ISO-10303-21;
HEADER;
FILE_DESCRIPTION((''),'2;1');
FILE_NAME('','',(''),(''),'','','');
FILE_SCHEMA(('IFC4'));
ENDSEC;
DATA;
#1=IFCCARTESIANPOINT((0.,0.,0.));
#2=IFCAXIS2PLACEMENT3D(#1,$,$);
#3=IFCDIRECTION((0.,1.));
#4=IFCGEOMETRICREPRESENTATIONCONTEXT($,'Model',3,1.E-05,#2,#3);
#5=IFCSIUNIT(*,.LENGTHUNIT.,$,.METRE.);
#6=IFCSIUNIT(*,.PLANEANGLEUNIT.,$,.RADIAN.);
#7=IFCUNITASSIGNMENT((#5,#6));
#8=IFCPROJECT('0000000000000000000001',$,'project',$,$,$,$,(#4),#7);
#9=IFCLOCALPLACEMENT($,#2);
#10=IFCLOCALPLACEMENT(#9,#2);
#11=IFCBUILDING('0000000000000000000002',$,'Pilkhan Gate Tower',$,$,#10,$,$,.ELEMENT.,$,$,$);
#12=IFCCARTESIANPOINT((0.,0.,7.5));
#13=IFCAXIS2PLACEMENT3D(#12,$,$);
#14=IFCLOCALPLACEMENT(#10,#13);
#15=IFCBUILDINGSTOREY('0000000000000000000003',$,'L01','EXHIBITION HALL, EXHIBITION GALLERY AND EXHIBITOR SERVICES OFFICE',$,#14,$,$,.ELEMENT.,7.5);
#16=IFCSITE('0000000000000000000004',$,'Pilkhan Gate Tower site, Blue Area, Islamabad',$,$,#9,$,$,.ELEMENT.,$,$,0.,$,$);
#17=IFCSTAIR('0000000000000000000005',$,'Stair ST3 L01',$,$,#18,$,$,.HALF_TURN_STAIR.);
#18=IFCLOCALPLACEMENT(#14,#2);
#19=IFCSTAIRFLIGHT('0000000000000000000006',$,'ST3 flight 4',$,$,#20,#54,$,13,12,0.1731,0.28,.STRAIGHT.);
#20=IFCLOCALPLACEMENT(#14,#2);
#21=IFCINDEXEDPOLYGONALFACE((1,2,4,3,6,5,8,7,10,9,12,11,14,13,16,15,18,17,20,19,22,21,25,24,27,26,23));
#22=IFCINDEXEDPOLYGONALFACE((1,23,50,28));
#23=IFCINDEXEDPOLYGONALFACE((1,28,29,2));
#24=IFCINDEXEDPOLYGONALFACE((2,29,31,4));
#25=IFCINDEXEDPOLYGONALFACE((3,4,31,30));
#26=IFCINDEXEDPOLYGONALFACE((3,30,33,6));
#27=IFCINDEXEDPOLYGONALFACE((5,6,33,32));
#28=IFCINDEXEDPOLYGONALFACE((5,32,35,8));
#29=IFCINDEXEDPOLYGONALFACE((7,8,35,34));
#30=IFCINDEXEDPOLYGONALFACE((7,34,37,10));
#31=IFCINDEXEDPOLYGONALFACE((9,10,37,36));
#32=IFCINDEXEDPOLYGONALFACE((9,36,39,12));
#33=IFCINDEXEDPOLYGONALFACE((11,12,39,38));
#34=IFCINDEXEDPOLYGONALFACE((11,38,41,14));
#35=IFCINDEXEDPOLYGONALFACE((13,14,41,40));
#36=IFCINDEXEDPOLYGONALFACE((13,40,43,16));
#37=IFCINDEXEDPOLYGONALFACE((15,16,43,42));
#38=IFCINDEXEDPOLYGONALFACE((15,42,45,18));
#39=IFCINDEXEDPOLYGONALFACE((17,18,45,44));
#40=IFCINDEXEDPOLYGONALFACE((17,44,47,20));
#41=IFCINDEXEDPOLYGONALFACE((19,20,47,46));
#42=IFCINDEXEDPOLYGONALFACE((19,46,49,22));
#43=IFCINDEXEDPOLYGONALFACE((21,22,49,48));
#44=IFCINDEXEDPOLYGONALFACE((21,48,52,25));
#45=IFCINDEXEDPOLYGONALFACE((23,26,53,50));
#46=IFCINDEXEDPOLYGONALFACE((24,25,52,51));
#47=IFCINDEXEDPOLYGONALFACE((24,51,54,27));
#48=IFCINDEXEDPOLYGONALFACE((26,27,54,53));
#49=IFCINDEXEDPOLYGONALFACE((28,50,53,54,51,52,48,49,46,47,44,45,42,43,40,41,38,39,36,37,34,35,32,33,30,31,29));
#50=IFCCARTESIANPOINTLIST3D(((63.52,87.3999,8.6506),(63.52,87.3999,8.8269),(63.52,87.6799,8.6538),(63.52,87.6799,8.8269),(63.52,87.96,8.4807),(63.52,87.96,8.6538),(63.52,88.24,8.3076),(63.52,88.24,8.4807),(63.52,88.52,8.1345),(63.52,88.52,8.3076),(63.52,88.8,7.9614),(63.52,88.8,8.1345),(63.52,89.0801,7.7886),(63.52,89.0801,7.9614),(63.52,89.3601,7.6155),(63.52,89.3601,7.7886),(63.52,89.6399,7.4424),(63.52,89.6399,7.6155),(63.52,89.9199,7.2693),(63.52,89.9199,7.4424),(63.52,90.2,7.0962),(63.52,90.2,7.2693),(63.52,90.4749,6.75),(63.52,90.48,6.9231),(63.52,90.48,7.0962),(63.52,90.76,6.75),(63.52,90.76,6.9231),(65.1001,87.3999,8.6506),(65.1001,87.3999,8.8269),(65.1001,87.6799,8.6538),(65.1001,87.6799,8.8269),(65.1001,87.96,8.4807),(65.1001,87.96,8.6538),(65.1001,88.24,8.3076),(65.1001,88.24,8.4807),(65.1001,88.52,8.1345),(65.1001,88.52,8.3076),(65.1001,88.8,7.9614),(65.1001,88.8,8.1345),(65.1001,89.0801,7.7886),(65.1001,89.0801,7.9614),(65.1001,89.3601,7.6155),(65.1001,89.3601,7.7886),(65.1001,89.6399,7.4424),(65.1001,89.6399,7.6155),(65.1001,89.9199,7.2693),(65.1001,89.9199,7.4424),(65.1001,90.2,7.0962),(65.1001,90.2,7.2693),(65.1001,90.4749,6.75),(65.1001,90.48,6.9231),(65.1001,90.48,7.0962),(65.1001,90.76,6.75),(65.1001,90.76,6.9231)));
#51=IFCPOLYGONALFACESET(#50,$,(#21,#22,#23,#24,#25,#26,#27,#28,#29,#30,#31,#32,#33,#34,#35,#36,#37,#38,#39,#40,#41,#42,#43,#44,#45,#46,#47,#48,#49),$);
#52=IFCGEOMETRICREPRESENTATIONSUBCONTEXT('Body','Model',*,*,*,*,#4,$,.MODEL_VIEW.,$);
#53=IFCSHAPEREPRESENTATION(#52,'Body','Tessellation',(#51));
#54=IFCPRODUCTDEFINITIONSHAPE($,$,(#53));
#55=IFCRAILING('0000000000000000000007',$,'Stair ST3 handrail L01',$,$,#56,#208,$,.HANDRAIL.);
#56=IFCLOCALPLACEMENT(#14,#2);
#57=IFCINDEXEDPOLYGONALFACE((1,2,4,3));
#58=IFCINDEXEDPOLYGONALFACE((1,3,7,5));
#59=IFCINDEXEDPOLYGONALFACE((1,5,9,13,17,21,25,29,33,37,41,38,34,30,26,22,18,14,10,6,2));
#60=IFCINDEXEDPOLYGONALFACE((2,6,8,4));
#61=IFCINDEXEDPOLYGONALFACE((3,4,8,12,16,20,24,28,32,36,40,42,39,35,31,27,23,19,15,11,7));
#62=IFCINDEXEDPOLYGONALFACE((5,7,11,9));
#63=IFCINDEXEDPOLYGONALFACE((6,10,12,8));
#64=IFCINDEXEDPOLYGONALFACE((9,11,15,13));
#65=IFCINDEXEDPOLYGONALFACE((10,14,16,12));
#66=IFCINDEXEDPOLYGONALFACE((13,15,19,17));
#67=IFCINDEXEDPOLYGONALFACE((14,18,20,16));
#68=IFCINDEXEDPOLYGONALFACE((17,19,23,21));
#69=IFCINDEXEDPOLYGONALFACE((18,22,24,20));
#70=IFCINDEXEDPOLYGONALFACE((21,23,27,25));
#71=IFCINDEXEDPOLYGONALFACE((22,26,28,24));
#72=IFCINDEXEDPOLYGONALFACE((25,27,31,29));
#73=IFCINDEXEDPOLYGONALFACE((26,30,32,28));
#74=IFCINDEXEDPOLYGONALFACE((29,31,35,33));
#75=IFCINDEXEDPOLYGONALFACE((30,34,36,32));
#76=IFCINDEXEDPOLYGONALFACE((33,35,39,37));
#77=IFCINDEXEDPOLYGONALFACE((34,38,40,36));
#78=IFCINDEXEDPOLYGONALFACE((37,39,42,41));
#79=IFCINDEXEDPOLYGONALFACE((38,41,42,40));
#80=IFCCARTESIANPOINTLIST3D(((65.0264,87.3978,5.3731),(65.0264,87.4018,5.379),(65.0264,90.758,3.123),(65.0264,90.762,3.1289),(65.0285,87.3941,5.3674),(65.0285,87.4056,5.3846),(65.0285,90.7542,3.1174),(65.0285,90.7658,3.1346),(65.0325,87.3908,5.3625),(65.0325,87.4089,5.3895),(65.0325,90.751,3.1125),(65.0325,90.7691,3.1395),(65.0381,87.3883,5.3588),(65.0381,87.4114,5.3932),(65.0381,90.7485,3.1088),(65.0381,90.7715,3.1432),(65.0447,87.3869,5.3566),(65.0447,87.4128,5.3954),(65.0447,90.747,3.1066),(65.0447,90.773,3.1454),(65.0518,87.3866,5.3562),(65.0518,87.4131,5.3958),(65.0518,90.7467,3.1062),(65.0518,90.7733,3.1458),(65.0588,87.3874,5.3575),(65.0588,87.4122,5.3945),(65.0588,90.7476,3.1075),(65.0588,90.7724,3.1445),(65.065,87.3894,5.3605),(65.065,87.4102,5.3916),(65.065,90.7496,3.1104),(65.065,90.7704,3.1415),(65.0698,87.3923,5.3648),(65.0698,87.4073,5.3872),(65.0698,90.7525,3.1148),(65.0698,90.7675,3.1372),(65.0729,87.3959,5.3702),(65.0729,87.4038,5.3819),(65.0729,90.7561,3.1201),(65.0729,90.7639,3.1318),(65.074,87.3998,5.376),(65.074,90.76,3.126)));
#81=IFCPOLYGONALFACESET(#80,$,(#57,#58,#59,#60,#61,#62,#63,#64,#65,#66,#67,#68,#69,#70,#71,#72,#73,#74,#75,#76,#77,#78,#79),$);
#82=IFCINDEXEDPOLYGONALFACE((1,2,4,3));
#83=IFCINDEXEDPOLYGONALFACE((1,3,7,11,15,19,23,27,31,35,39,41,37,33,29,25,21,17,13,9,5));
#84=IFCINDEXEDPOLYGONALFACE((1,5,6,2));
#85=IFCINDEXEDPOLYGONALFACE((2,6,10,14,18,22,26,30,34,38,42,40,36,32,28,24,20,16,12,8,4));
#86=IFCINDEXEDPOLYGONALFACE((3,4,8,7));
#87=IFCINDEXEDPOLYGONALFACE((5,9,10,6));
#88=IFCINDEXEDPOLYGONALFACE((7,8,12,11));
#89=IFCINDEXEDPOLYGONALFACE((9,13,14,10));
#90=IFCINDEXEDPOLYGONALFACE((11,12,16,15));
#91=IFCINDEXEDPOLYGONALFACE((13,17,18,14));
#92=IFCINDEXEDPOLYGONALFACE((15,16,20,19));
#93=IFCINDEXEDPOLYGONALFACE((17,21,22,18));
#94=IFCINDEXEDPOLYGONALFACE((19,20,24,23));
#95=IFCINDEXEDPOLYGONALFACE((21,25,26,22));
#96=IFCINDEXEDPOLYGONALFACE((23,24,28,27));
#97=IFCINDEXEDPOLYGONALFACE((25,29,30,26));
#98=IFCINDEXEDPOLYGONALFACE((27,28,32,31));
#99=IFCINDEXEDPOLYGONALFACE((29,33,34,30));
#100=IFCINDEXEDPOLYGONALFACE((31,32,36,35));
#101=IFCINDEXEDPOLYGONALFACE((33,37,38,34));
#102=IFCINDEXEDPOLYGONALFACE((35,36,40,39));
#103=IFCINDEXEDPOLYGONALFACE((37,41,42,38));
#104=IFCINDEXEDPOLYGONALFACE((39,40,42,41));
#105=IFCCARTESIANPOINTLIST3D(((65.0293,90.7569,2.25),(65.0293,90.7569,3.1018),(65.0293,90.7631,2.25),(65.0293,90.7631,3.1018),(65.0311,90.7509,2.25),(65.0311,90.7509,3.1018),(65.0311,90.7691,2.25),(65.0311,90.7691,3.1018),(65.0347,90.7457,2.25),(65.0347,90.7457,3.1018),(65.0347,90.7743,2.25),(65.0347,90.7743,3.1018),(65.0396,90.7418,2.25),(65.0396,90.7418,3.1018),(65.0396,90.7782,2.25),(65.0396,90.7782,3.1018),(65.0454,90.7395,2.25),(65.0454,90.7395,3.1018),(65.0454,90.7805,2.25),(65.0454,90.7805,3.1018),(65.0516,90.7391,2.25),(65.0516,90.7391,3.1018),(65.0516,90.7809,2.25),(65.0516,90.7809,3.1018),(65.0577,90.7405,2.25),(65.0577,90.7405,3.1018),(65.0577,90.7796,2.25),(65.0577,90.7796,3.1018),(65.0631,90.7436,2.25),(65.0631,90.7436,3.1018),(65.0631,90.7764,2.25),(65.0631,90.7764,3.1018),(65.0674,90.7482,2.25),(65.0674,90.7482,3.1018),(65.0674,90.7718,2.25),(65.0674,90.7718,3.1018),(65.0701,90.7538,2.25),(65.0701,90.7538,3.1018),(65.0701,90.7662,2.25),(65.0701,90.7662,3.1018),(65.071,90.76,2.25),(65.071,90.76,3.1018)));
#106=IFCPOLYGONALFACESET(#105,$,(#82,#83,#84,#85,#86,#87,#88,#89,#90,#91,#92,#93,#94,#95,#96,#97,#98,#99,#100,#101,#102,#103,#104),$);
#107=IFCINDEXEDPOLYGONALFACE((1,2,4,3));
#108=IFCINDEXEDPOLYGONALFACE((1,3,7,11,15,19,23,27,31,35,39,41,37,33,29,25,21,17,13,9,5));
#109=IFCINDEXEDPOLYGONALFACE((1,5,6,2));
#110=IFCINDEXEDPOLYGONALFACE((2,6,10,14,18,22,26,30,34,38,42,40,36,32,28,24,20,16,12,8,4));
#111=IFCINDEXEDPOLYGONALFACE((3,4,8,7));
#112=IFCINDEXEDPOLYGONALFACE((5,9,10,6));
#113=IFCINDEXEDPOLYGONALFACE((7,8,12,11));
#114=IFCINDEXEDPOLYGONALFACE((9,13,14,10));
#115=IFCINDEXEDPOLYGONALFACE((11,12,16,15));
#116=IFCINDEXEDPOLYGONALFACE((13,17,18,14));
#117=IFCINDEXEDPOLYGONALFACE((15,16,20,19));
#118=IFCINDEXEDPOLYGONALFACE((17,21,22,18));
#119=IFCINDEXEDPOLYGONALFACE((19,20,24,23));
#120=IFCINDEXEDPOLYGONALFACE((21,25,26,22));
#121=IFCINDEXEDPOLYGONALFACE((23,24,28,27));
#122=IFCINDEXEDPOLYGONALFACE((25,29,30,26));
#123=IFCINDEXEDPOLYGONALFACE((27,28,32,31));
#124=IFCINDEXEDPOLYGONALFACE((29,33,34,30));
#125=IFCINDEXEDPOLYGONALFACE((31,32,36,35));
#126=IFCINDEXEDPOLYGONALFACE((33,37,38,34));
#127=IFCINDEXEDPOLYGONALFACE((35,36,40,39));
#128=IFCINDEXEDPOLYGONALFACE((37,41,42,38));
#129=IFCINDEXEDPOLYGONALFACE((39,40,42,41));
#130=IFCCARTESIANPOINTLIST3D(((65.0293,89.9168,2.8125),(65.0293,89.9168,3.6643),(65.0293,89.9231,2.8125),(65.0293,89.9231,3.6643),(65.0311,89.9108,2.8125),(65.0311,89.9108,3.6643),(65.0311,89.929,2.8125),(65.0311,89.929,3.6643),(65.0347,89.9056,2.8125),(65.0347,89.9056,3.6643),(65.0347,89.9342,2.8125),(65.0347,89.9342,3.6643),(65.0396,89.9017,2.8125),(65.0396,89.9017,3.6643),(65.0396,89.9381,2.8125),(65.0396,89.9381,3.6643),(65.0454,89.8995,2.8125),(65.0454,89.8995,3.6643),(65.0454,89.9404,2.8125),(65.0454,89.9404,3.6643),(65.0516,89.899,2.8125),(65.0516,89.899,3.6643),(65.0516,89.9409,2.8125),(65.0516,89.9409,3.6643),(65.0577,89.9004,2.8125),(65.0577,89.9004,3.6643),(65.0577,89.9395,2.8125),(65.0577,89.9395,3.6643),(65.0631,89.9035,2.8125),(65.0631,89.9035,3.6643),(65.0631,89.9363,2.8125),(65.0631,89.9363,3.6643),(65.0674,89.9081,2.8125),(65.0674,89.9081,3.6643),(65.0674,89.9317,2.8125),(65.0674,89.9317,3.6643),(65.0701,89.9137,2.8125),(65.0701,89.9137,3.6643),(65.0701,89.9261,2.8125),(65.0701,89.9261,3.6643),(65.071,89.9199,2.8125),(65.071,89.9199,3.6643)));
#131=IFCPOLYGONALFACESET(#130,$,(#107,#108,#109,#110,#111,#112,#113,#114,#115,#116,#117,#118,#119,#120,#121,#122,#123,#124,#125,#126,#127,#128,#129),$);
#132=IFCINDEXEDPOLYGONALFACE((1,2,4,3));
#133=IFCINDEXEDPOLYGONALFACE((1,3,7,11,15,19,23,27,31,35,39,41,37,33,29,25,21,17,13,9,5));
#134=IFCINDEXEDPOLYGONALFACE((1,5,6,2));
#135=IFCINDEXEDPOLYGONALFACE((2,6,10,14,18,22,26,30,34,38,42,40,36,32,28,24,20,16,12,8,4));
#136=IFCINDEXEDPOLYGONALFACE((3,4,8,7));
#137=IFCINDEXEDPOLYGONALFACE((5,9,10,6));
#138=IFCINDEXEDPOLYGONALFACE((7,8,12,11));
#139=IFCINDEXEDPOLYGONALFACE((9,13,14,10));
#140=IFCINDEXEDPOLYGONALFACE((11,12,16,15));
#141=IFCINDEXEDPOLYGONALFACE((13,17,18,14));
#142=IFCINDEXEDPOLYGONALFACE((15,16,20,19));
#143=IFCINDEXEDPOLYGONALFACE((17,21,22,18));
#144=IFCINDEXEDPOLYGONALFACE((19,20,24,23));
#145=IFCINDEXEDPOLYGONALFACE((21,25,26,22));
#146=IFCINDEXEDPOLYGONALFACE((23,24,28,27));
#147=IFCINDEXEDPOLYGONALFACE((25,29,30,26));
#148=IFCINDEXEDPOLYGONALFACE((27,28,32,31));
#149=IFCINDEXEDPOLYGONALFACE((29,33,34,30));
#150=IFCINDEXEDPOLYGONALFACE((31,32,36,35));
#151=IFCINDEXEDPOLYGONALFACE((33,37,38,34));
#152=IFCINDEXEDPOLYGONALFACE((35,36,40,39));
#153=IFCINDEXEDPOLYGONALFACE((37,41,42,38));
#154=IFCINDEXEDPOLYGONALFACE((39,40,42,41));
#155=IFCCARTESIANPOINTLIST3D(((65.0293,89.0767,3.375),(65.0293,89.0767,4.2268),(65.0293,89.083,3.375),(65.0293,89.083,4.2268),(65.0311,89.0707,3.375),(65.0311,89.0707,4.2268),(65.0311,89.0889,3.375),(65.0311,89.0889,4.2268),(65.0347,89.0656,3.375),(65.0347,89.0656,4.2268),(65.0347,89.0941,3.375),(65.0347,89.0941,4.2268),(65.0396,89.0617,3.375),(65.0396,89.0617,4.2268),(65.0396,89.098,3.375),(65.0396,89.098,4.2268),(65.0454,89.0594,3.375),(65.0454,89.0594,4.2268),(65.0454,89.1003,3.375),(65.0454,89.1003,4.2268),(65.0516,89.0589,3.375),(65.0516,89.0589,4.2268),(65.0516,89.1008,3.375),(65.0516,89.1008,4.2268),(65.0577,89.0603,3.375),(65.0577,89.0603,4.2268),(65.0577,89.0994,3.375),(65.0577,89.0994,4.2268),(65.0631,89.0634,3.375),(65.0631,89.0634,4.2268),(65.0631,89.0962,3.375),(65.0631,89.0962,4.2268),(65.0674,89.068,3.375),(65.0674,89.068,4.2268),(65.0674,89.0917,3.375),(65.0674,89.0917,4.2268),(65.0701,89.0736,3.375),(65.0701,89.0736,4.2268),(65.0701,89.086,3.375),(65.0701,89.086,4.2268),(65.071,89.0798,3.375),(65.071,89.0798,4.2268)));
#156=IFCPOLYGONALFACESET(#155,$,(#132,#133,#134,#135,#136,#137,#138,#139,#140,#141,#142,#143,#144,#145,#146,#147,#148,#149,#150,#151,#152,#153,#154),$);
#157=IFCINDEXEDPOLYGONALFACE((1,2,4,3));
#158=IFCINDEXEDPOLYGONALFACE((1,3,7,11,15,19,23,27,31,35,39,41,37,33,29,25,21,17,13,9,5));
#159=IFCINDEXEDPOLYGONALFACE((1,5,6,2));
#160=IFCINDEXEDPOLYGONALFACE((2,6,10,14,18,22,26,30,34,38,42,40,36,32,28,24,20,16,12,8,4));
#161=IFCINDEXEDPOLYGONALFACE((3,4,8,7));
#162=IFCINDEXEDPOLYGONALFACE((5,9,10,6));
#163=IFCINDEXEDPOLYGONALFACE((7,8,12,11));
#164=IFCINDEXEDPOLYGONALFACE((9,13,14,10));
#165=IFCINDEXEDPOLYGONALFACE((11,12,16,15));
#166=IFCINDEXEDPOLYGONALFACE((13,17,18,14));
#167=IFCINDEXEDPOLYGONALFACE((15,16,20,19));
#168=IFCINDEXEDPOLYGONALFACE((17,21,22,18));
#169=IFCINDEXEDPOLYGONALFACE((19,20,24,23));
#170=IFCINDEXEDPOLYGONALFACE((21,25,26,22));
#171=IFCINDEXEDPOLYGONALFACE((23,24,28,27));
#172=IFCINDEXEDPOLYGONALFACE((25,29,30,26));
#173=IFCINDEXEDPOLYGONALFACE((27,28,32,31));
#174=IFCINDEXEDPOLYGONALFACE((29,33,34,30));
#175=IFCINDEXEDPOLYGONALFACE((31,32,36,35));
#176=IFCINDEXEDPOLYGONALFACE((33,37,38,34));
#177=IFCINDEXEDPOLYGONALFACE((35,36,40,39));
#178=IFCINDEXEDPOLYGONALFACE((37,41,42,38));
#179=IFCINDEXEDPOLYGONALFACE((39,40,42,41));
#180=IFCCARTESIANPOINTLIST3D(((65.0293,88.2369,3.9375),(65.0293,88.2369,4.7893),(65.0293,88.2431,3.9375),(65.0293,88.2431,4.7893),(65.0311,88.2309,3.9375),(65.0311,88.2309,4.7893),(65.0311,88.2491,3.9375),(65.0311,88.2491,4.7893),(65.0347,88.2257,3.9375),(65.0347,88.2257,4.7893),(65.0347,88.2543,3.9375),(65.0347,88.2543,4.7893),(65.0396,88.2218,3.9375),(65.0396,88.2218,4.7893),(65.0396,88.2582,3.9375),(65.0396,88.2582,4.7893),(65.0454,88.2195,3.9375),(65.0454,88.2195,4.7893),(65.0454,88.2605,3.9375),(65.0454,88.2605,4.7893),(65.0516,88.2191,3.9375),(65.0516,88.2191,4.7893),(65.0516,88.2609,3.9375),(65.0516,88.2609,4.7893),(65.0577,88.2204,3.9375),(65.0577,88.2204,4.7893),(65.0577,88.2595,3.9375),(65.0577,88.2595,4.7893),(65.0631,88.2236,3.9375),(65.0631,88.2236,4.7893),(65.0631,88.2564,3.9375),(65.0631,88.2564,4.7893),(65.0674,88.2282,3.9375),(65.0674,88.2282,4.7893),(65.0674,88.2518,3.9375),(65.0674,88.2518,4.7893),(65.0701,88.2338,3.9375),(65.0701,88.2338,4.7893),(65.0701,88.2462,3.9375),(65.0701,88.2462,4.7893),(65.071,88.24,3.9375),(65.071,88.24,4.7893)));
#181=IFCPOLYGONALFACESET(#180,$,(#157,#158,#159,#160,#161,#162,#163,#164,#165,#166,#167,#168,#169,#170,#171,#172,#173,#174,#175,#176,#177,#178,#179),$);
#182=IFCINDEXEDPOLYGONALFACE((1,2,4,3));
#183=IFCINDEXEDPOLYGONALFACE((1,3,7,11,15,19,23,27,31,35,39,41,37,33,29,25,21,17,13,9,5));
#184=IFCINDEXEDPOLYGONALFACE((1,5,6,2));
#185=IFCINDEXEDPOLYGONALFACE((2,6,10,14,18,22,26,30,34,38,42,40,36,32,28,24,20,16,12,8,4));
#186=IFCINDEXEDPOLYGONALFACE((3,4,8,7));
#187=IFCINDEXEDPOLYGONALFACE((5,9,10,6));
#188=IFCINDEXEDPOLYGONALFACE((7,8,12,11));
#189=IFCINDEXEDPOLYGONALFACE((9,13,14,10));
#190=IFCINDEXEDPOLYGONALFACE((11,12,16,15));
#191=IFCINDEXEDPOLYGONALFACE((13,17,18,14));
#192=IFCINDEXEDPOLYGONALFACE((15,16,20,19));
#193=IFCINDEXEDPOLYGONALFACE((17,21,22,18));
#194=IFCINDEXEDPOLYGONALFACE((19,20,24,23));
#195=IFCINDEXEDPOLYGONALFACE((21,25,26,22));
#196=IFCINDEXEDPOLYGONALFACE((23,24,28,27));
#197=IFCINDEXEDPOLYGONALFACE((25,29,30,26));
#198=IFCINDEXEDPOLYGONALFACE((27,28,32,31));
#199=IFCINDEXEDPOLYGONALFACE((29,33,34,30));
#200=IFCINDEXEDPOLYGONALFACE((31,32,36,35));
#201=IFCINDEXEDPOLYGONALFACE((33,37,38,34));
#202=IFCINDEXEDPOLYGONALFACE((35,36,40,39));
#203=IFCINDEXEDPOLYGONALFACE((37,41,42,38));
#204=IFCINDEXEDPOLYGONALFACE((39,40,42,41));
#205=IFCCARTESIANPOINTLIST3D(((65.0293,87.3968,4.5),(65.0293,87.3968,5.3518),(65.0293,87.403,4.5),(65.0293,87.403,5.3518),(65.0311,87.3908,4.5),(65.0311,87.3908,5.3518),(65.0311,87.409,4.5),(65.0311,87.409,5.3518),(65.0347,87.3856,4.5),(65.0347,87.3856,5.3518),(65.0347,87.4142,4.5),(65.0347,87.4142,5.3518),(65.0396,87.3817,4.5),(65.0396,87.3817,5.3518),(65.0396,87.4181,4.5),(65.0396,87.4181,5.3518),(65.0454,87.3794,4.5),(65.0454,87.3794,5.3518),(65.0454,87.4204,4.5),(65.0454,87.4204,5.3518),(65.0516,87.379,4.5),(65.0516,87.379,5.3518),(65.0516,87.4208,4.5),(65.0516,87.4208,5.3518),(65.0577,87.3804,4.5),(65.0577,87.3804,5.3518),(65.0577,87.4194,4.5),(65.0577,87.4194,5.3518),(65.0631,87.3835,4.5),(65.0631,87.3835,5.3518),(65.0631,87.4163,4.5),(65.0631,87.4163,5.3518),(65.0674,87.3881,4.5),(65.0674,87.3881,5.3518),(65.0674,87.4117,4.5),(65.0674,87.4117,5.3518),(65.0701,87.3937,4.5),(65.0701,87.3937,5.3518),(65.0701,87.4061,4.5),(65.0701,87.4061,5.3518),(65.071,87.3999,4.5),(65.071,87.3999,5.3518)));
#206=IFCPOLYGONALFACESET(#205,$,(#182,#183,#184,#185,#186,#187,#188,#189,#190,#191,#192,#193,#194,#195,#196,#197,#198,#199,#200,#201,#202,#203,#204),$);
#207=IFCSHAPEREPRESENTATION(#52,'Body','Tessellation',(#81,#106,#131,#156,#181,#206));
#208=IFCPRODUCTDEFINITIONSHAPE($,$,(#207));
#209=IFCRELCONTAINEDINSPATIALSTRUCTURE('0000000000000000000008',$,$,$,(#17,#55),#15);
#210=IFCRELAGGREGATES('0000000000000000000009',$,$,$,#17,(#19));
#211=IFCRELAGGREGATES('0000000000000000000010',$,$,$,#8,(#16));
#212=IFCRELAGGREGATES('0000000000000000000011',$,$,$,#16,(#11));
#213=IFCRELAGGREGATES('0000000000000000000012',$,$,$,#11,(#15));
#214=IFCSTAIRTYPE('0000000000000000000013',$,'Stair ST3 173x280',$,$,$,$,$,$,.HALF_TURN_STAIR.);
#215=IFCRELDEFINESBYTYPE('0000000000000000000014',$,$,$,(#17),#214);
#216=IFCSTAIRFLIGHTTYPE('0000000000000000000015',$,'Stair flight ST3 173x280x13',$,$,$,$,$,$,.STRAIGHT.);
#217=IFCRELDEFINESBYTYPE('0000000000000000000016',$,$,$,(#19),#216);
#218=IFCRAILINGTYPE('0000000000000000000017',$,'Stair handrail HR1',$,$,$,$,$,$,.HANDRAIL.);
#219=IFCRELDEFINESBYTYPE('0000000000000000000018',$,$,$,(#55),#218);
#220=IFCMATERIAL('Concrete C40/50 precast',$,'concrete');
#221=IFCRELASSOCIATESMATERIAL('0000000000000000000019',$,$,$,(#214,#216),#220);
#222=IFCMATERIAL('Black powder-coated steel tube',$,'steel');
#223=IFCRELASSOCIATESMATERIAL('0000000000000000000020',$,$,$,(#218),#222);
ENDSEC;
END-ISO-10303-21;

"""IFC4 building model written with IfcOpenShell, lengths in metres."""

from ifc_helpers import new_model, si_unit, direction, frame, origin, origin_2d, place, context, subcontext, project, spatial, polyline, circle, outline, extrude, material, type_object, element, aggregate, save


model = new_model("IFC4")

# Units and contexts
model_context = context("Model", 3, precision=1e-05, world=origin(), true_north=direction((0.0, 1.0)))
body_context = subcontext(model_context, "Body", "Model", "MODEL_VIEW")
ifc_project = project(units=[si_unit("LENGTHUNIT", "METRE"), si_unit("PLANEANGLEUNIT", "RADIAN")], contexts=[model_context])

# Site, building, storey
site_placement = place(None, origin())
site = spatial("IfcSite", under=ifc_project, at=site_placement, Name="Pilkhan Gate Tower site, Blue Area, Islamabad", CompositionType="ELEMENT", RefElevation=0.0)
building_placement = place(site_placement, origin())
building = spatial("IfcBuilding", under=site, at=building_placement, Name="Pilkhan Gate Tower", CompositionType="ELEMENT")
storey_placement = place(building_placement, frame((0.0, 0.0, 7.5)))
storey = spatial("IfcBuildingStorey", under=building, at=storey_placement, Name="L01", Description="EXHIBITION HALL, EXHIBITION GALLERY AND EXHIBITOR SERVICES OFFICE", CompositionType="ELEMENT", Elevation=7.5)

# Stair, stair flight
ifc_material_1 = material(Name="Concrete C40/50 precast", Category="concrete")
stair_type = type_object("IfcStairType", Name="Stair ST3 173x280", PredefinedType="HALF_TURN_STAIR", material=ifc_material_1)
stair_placement = place(storey_placement, origin())
stair = element("IfcStair", 1, at=stair_placement, inside=storey, type_object=stair_type, Name="Stair ST3 L01", PredefinedType="HALF_TURN_STAIR")
stair_flight_type = type_object("IfcStairFlightType", Name="Stair flight ST3 173x280x13", PredefinedType="STRAIGHT", material=ifc_material_1)
stair_flight_1_placement = place(storey_placement, frame((64.3101, 90.76, 6.75), z_axis=(0.0, 0.0, 1.0), x_axis=(0.0, -1.0, 0.0)))
stair_flight_1 = element("IfcStairFlight", 2, at=stair_flight_1_placement, type_object=stair_flight_type, Name="ST3 flight 4", NumberOfRisers=13, NumberOfTreads=12, PredefinedType="STRAIGHT", RiserHeight=0.1731, TreadLength=0.28, context=body_context, shape_type="SweptSolid", body=[
    extrude(outline(polyline([(0.0, 0.0), (0.0, 0.1731), (0.28, 0.1731), (0.28, 0.3462), (0.5601, 0.3462), (0.5601, 0.5193), (0.8401, 0.5193), (0.8401, 0.6924), (1.1201, 0.6924), (1.1201, 0.8655), (1.3999, 0.8655), (1.3999, 1.0386), (1.6799, 1.0386), (1.6799, 1.2114), (1.96, 1.2114), (1.96, 1.3845), (2.24, 1.3845), (2.24, 1.5576), (2.52, 1.5576), (2.52, 1.7307), (2.8, 1.7307), (2.8, 1.9038), (3.0801, 1.9038), (3.0801, 2.0769), (3.3601, 2.0769), (3.3601, 2.25), (3.3601, 1.9006), (0.2852, 0.0), (0.0, 0.0)])), frame((0.0, 0.79, 0.0), z_axis=(0.0, -1.0, 0.0), x_axis=(1.0, 0.0, 0.0)), (0.0, 0.0, 1.0), 1.5801),
])
aggregate(stair, [stair_flight_1])

# Railing
ifc_material_2 = material(Name="Black powder-coated steel tube", Category="steel")
railing_type_1 = type_object("IfcRailingType", Name="Stair handrail HR1", PredefinedType="HANDRAIL", material=ifc_material_2)
for number, where, name in (
    (3, (65.05, 90.76, 2.25), "Stair ST3 handrail L01"),
):
    element("IfcRailing", number, at=place(storey_placement, frame(where)), inside=storey, type_object=railing_type_1, Name=name, PredefinedType="HANDRAIL", context=body_context, shape_type="SweptSolid", body=[
        extrude(circle(Radius=0.0239, at=origin_2d()), frame((0.0, 0.0, 0.876), z_axis=(0.0, -0.830915, 0.556399), x_axis=(1.0, 0.0, 0.0)), (0.0, 0.0, 1.0), 4.0439),
        extrude(circle(Radius=0.021, at=origin_2d()), origin(), (0.0, 0.0, 1.0), 0.8518),
        extrude(circle(Radius=0.021, at=origin_2d()), frame((0.0, -0.8401, 0.5625)), (0.0, 0.0, 1.0), 0.8518),
        extrude(circle(Radius=0.021, at=origin_2d()), frame((0.0, -1.6802, 1.125)), (0.0, 0.0, 1.0), 0.8518),
        extrude(circle(Radius=0.021, at=origin_2d()), frame((0.0, -2.52, 1.6875)), (0.0, 0.0, 1.0), 0.8518),
        extrude(circle(Radius=0.021, at=origin_2d()), frame((0.0, -3.3601, 2.25)), (0.0, 0.0, 1.0), 0.8518),
    ])

save(model, "model.ifc")
